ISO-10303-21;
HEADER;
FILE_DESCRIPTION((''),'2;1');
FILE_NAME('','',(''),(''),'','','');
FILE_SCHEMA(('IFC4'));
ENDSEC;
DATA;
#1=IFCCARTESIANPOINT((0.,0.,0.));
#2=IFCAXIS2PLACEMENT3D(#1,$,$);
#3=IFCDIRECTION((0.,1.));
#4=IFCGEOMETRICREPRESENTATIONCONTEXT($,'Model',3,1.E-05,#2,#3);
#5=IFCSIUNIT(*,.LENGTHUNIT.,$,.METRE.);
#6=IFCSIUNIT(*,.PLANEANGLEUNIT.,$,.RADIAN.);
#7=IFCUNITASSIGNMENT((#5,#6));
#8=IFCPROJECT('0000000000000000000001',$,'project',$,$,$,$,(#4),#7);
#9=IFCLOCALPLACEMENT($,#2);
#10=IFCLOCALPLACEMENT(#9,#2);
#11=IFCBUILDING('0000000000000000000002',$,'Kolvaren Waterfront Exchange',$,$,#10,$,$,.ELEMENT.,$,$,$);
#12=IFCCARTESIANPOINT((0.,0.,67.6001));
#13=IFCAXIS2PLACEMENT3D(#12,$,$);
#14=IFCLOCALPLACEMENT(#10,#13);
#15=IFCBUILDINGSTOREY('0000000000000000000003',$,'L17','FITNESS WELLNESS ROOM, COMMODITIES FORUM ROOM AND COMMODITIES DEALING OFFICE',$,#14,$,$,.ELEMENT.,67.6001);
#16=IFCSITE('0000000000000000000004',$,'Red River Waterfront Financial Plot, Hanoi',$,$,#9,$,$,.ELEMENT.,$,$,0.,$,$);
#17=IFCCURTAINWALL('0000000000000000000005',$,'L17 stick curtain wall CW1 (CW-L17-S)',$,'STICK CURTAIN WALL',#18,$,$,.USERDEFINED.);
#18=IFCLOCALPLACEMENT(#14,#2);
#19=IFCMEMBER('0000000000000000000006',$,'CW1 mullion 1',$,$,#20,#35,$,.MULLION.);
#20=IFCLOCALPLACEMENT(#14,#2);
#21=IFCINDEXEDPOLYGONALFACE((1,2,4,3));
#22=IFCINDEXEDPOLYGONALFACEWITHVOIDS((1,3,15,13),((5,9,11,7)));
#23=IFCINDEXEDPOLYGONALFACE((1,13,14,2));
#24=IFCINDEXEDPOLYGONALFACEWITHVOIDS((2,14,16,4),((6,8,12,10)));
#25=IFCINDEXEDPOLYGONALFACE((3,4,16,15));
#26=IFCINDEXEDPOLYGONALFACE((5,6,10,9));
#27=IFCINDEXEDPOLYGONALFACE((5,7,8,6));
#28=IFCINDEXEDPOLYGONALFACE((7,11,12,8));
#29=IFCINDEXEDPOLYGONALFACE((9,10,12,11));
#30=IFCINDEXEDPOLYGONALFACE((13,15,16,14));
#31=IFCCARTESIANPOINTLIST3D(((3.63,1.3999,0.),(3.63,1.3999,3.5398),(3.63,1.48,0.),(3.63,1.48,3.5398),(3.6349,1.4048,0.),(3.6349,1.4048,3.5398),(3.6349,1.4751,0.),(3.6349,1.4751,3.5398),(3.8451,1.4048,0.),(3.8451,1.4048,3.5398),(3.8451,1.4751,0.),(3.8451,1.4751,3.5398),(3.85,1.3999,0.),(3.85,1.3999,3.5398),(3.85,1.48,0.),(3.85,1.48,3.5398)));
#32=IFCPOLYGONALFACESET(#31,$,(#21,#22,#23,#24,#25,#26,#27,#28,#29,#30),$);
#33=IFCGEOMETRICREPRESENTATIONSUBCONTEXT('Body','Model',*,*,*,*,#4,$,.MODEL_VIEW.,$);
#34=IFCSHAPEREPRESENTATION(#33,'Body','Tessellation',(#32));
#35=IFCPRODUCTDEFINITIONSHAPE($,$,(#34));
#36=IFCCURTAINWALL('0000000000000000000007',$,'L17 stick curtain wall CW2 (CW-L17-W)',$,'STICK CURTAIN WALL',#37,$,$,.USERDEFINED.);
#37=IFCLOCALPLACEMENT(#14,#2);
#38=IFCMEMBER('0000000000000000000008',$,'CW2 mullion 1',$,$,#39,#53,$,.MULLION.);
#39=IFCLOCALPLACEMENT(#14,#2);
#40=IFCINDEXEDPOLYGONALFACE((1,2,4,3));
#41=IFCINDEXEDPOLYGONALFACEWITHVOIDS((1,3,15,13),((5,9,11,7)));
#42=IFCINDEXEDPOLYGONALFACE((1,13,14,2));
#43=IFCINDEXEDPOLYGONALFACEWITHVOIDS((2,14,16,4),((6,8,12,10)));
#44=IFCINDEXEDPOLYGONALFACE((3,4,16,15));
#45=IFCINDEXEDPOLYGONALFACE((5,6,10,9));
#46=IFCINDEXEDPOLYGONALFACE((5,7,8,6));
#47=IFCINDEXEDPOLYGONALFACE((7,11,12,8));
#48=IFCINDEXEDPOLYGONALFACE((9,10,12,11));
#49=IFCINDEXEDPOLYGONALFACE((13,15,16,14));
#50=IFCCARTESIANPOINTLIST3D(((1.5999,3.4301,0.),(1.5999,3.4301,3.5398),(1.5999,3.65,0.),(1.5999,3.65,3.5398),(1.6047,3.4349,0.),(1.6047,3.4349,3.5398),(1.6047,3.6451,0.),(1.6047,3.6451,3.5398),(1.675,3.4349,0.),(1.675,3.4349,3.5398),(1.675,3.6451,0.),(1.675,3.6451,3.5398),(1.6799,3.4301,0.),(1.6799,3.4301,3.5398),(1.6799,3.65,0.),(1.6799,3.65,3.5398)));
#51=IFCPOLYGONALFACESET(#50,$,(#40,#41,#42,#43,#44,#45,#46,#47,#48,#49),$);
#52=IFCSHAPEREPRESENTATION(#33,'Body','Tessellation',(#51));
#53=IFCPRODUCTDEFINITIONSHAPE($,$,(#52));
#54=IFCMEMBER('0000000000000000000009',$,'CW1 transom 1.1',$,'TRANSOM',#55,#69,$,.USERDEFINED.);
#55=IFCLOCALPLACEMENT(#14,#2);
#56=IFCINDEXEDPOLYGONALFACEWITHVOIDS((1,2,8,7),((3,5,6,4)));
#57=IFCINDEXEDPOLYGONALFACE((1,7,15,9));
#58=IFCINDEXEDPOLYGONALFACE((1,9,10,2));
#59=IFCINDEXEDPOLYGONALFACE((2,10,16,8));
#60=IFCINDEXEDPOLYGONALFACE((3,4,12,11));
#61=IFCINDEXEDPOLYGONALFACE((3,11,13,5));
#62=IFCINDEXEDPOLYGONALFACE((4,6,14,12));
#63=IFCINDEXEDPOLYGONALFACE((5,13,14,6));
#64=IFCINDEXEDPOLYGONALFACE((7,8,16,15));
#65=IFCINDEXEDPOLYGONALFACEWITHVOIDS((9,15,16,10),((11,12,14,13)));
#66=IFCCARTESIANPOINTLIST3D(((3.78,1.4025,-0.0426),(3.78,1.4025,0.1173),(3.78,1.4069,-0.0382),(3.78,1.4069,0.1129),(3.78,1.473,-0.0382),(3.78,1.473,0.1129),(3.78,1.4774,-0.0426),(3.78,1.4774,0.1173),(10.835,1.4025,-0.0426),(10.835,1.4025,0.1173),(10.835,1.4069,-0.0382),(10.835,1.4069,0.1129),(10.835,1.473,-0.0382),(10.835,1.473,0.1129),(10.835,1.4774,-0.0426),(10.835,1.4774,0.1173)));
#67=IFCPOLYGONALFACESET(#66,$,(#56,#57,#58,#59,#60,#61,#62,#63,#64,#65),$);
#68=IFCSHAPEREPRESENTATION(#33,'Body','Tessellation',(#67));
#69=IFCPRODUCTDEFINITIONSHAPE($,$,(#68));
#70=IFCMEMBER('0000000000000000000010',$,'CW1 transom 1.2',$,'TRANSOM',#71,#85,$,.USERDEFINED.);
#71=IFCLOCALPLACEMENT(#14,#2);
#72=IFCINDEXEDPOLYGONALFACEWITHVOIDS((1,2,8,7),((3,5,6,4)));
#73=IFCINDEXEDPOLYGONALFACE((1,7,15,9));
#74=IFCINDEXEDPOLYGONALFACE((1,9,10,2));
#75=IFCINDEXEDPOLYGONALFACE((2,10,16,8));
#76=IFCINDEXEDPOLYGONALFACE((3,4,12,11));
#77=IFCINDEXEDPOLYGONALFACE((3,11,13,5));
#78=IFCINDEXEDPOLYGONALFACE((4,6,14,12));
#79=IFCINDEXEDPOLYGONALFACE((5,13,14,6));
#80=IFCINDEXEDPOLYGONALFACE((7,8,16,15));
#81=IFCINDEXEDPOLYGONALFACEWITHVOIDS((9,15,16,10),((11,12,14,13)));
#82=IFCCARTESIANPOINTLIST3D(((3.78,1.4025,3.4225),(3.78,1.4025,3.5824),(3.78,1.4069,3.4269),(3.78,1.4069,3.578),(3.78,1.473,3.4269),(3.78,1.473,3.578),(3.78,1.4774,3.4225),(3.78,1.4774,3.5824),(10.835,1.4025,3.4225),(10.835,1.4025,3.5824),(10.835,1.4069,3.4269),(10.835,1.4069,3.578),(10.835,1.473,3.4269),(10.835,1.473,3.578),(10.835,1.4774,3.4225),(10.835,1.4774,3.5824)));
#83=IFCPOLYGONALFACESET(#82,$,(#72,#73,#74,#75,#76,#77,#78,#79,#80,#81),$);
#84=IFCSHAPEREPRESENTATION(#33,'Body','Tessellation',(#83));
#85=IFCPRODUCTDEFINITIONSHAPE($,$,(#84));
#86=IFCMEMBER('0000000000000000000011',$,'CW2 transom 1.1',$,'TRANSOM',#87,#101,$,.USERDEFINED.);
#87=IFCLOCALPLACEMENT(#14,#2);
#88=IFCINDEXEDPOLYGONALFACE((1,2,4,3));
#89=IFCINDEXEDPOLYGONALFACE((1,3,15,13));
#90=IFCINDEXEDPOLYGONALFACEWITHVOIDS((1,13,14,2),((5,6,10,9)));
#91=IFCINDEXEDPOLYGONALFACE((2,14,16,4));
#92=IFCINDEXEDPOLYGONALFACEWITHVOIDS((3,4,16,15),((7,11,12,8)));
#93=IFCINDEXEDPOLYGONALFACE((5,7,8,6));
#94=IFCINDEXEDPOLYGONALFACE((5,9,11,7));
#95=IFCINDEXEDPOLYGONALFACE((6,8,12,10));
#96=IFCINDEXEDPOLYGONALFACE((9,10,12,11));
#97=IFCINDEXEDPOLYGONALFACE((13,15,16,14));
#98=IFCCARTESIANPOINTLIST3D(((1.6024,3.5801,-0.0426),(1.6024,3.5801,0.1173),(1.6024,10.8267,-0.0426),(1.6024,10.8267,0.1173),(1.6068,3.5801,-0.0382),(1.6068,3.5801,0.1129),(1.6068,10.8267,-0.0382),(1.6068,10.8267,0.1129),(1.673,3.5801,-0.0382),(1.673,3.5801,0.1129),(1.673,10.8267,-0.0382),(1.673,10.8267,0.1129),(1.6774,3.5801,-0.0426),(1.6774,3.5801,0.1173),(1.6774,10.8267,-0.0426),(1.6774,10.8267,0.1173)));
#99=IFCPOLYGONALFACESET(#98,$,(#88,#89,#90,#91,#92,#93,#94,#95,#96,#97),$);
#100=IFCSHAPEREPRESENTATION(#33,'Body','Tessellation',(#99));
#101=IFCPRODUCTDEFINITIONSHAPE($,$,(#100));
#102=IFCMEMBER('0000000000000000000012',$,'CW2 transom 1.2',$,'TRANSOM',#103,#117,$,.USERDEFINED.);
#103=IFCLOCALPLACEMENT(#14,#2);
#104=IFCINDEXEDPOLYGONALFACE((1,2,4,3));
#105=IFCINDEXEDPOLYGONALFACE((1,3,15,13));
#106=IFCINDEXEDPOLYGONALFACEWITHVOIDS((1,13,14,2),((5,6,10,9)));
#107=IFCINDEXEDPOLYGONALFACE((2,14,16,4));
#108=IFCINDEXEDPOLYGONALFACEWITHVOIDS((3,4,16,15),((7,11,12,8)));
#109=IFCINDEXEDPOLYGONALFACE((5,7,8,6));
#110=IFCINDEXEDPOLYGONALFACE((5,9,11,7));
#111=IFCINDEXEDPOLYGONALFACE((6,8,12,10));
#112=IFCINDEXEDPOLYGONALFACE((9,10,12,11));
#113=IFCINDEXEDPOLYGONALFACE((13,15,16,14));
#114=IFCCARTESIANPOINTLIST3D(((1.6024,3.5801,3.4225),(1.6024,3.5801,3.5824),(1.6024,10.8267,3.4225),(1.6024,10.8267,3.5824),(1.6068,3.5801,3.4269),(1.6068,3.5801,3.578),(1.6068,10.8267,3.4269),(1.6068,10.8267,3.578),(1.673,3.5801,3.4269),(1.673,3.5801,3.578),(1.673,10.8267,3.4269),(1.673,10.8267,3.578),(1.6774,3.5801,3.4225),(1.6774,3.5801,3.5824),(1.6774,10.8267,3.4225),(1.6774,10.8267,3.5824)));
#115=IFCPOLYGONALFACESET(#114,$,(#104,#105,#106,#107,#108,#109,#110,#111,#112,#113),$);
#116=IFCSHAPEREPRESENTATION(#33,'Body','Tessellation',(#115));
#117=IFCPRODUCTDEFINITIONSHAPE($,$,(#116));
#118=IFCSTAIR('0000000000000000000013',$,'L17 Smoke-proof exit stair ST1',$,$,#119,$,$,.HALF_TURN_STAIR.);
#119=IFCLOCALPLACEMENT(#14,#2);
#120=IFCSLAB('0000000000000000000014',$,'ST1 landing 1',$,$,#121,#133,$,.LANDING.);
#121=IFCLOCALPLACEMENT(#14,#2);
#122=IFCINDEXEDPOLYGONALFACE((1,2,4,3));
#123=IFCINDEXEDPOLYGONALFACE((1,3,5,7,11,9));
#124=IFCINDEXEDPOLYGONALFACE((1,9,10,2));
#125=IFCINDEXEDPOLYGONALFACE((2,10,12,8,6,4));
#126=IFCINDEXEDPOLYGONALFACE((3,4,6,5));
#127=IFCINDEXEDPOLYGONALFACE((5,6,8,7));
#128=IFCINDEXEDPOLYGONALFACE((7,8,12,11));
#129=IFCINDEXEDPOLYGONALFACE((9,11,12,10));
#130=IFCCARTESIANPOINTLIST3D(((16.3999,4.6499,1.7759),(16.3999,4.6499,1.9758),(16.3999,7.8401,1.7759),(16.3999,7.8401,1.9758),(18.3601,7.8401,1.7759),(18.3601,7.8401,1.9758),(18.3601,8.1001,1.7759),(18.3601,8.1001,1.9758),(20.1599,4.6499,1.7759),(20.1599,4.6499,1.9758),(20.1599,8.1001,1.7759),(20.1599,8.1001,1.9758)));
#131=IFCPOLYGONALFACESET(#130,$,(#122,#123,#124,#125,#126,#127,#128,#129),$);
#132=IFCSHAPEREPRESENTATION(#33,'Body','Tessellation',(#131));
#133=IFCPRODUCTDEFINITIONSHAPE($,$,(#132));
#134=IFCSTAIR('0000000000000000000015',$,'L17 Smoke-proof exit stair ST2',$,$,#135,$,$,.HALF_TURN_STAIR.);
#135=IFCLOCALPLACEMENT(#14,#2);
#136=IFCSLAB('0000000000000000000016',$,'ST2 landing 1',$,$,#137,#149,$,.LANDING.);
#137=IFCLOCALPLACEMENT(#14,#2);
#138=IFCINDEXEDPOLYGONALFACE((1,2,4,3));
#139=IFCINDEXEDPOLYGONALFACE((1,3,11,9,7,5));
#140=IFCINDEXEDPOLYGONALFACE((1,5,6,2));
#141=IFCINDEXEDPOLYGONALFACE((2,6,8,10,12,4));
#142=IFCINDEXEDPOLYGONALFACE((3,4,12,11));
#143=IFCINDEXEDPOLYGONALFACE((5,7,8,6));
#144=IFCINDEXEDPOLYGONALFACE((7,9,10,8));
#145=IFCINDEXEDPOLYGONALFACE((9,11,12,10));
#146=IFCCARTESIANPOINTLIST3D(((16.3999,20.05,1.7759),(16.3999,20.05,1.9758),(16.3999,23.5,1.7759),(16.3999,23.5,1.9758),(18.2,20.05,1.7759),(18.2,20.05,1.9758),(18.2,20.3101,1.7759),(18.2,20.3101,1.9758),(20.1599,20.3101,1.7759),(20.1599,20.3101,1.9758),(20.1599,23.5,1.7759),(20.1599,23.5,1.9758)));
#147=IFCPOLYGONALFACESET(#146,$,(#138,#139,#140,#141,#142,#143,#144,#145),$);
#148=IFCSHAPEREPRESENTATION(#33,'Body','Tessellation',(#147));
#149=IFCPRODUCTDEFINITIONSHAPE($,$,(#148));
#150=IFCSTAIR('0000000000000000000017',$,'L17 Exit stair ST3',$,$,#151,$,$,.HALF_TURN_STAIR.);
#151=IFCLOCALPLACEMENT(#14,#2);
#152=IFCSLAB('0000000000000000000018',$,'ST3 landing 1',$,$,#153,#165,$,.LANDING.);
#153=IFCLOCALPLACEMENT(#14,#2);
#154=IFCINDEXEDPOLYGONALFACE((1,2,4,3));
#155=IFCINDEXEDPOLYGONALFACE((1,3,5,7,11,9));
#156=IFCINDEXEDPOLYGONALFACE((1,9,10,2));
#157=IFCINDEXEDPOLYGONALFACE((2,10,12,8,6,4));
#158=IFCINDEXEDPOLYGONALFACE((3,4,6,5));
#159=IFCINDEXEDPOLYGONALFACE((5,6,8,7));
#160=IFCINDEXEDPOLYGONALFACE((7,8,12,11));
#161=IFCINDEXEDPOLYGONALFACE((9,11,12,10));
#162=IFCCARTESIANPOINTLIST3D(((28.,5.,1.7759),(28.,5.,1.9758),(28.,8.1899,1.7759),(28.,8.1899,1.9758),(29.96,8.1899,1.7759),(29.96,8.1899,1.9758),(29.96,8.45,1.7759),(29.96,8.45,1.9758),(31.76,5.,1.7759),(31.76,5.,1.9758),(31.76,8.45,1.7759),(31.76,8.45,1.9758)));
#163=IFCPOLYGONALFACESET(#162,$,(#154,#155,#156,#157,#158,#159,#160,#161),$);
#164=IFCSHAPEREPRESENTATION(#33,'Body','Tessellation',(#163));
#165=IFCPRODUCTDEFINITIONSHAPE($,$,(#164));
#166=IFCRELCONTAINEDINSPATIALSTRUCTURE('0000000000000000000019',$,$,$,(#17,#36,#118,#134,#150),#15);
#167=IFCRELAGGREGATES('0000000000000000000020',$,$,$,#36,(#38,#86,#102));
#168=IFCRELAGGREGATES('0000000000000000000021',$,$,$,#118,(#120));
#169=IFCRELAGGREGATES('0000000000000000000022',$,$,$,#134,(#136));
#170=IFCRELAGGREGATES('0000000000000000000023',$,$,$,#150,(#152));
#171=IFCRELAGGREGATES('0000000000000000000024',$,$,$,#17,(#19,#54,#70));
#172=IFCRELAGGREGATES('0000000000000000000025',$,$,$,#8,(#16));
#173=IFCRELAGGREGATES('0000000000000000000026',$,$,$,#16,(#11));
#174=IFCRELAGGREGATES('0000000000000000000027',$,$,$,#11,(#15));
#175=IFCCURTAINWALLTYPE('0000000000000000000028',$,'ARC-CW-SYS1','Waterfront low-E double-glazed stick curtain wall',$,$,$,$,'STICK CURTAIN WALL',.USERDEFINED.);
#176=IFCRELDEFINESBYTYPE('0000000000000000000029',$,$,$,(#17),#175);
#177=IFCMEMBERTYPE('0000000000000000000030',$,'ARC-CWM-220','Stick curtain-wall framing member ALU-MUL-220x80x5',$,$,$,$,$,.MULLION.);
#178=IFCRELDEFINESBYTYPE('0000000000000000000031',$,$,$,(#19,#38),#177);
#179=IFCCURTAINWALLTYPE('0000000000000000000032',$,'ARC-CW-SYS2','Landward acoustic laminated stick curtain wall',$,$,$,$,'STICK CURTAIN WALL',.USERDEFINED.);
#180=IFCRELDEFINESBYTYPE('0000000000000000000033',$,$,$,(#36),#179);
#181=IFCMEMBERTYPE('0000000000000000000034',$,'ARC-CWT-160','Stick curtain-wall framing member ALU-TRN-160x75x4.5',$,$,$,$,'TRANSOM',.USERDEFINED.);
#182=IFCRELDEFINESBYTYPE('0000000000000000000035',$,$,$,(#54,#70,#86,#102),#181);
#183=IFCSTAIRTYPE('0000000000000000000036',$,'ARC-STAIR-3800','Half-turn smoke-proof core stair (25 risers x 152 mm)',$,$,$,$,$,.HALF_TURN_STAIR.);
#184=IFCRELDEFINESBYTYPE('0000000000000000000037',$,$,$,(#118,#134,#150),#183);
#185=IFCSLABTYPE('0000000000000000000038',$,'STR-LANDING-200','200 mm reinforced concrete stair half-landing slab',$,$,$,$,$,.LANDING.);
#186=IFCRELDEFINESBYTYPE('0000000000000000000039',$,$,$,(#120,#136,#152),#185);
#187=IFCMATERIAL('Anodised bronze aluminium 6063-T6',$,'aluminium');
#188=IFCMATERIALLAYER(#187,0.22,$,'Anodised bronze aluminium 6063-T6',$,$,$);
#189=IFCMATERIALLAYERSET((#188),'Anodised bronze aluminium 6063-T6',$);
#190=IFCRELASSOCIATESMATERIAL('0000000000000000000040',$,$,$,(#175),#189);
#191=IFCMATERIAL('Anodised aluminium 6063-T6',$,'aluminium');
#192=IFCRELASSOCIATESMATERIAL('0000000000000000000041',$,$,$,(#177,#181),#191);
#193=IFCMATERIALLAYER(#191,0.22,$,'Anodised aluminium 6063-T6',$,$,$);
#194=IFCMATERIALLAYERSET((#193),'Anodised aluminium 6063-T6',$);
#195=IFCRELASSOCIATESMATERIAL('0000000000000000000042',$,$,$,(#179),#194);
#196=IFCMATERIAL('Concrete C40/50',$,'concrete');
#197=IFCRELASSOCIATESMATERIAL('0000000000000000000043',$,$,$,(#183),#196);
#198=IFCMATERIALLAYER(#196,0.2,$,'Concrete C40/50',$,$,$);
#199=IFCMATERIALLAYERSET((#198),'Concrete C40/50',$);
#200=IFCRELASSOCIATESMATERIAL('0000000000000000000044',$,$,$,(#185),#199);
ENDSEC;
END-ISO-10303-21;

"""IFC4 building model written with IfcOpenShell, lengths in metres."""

from ifc_helpers import new_model, si_unit, direction, frame, origin, origin_with_axes, origin_2d, place, context, subcontext, project, spatial, polyline, hollow_rectangle, outline, extrude, source, transform, mapped, material, layer, layer_set, material_profile, profile_set, type_object, element, aggregate, save


model = new_model("IFC4")

# Units and contexts
model_context = context("Model", 3, precision=1e-05, world=origin(), true_north=direction((0.0, 1.0)))
body_context = subcontext(model_context, "Body", "Model", "MODEL_VIEW")
ifc_project = project(units=[si_unit("LENGTHUNIT", "METRE"), si_unit("PLANEANGLEUNIT", "RADIAN")], contexts=[model_context])

# Site, building, storey
site_placement = place(None, origin())
site = spatial("IfcSite", under=ifc_project, at=site_placement, Name="Red River Waterfront Financial Plot, Hanoi", CompositionType="ELEMENT", RefElevation=0.0)
building_placement = place(site_placement, origin())
building = spatial("IfcBuilding", under=site, at=building_placement, Name="Kolvaren Waterfront Exchange", CompositionType="ELEMENT")
storey_placement = place(building_placement, frame((0.0, 0.0, 67.6001)))
storey = spatial("IfcBuildingStorey", under=building, at=storey_placement, Name="L17", Description="FITNESS WELLNESS ROOM, COMMODITIES FORUM ROOM AND COMMODITIES DEALING OFFICE", CompositionType="ELEMENT", Elevation=67.6001)

# Curtain walls, members
ifc_material_1 = material(Name="Anodised bronze aluminium 6063-T6", Category="aluminium")
ifc_layer_1 = layer(ifc_material_1, 0.22, Name="Anodised bronze aluminium 6063-T6")
ifc_layer_set_1 = layer_set([ifc_layer_1], Name="Anodised bronze aluminium 6063-T6")
curtain_wall_type_1 = type_object("IfcCurtainWallType", Name="ARC-CW-SYS1", Description="Waterfront low-E double-glazed stick curtain wall", ElementType="STICK CURTAIN WALL", PredefinedType="USERDEFINED", material=ifc_layer_set_1)
curtain_wall_1_placement = place(storey_placement, origin())
curtain_wall_1 = element("IfcCurtainWall", 1, at=curtain_wall_1_placement, inside=storey, type_object=curtain_wall_type_1, Name="L17 stick curtain wall CW1 (CW-L17-S)", ObjectType="STICK CURTAIN WALL", PredefinedType="USERDEFINED")
ifc_material_2 = material(Name="Anodised aluminium 6063-T6", Category="aluminium")
ifc_material_profile_1 = material_profile(ifc_material_2, hollow_rectangle(XDim=0.0801, YDim=0.22, WallThickness=0.0049, at=origin_2d()), Name="ALU-MUL-220x80x5")
ifc_profile_set_1 = profile_set([ifc_material_profile_1], Name="Anodised aluminium 6063-T6")
member_type_1 = type_object("IfcMemberType", Name="ARC-CWM-220", Description="Stick curtain-wall framing member ALU-MUL-220x80x5", PredefinedType="MULLION", material=ifc_profile_set_1)
shared_shape_1 = source(origin_with_axes(), body_context, "Body", "SweptSolid", [
    extrude(hollow_rectangle(XDim=0.0801, YDim=0.22, WallThickness=0.0049, at=origin_2d()), origin(), (0.0, 0.0, 1.0), 3.5398),
])
member_1_placement = place(storey_placement, frame((3.74, 1.4399, 0.0), z_axis=(0.0, 0.0, 1.0), x_axis=(0.0, 1.0, 0.0)))
member_1 = element("IfcMember", 2, at=member_1_placement, type_object=member_type_1, Name="CW1 mullion 1", PredefinedType="MULLION", context=body_context, shape_type="MappedRepresentation", body=[
    mapped(shared_shape_1, transform((0.0, 0.0, 0.0), x_axis=(1.0, 0.0, 0.0), y_axis=(0.0, 1.0, 0.0), z_axis=(0.0, 0.0, 1.0), scale=1.0)),
])
ifc_layer_2 = layer(ifc_material_2, 0.22, Name="Anodised aluminium 6063-T6")
ifc_layer_set_2 = layer_set([ifc_layer_2], Name="Anodised aluminium 6063-T6")
curtain_wall_type_2 = type_object("IfcCurtainWallType", Name="ARC-CW-SYS2", Description="Landward acoustic laminated stick curtain wall", ElementType="STICK CURTAIN WALL", PredefinedType="USERDEFINED", material=ifc_layer_set_2)
curtain_wall_2_placement = place(storey_placement, origin())
curtain_wall_2 = element("IfcCurtainWall", 3, at=curtain_wall_2_placement, inside=storey, type_object=curtain_wall_type_2, Name="L17 stick curtain wall CW2 (CW-L17-W)", ObjectType="STICK CURTAIN WALL", PredefinedType="USERDEFINED")
member_2_placement = place(storey_placement, frame((1.6399, 3.54, 0.0), z_axis=(0.0, 0.0, 1.0), x_axis=(-1.0, 0.0, 0.0)))
member_2 = element("IfcMember", 4, at=member_2_placement, type_object=member_type_1, Name="CW2 mullion 1", PredefinedType="MULLION", context=body_context, shape_type="MappedRepresentation", body=[
    mapped(shared_shape_1, transform((0.0, 0.0, 0.0), x_axis=(1.0, 0.0, 0.0), y_axis=(0.0, 1.0, 0.0), z_axis=(0.0, 0.0, 1.0), scale=1.0)),
])

# Members
ifc_material_profile_2 = material_profile(ifc_material_2, hollow_rectangle(XDim=0.075, YDim=0.1599, WallThickness=0.0044, at=origin_2d()), Name="ALU-TRN-160x75x4.5")
ifc_profile_set_2 = profile_set([ifc_material_profile_2], Name="Anodised aluminium 6063-T6")
member_type_2 = type_object("IfcMemberType", Name="ARC-CWT-160", Description="Stick curtain-wall framing member ALU-TRN-160x75x4.5", ElementType="TRANSOM", PredefinedType="USERDEFINED", material=ifc_profile_set_2)
shared_shape_2 = source(origin_with_axes(), body_context, "Body", "SweptSolid", [
    extrude(hollow_rectangle(XDim=0.075, YDim=0.1599, WallThickness=0.0044, at=origin_2d()), origin(), (0.0, 0.0, 1.0), 7.0549),
])
member_3_placement = place(storey_placement, frame((3.78, 1.4399, 0.0374), z_axis=(1.0, 0.0, 0.0), x_axis=(0.0, 1.0, 0.0)))
member_3 = element("IfcMember", 5, at=member_3_placement, type_object=member_type_2, Name="CW1 transom 1.1", ObjectType="TRANSOM", PredefinedType="USERDEFINED", context=body_context, shape_type="MappedRepresentation", body=[
    mapped(shared_shape_2, transform((0.0, 0.0, 0.0), x_axis=(1.0, 0.0, 0.0), y_axis=(0.0, 1.0, 0.0), z_axis=(0.0, 0.0, 1.0), scale=1.0)),
])
member_4_placement = place(storey_placement, frame((3.78, 1.4399, 3.5024), z_axis=(1.0, 0.0, 0.0), x_axis=(0.0, 1.0, 0.0)))
member_4 = element("IfcMember", 6, at=member_4_placement, type_object=member_type_2, Name="CW1 transom 1.2", ObjectType="TRANSOM", PredefinedType="USERDEFINED", context=body_context, shape_type="MappedRepresentation", body=[
    mapped(shared_shape_2, transform((0.0, 0.0, 0.0), x_axis=(1.0, 0.0, 0.0), y_axis=(0.0, 1.0, 0.0), z_axis=(0.0, 0.0, 1.0), scale=1.0)),
])
shared_shape_3 = source(origin_with_axes(), body_context, "Body", "SweptSolid", [
    extrude(hollow_rectangle(XDim=0.075, YDim=0.1599, WallThickness=0.0044, at=origin_2d()), origin(), (0.0, 0.0, 1.0), 7.2466),
])
member_5_placement = place(storey_placement, frame((1.6399, 3.5801, 0.0374), z_axis=(0.0, 1.0, 0.0), x_axis=(-1.0, 0.0, 0.0)))
member_5 = element("IfcMember", 7, at=member_5_placement, type_object=member_type_2, Name="CW2 transom 1.1", ObjectType="TRANSOM", PredefinedType="USERDEFINED", context=body_context, shape_type="MappedRepresentation", body=[
    mapped(shared_shape_3, transform((0.0, 0.0, 0.0), x_axis=(1.0, 0.0, 0.0), y_axis=(0.0, 1.0, 0.0), z_axis=(0.0, 0.0, 1.0), scale=1.0)),
])
member_6_placement = place(storey_placement, frame((1.6399, 3.5801, 3.5024), z_axis=(0.0, 1.0, 0.0), x_axis=(-1.0, 0.0, 0.0)))
member_6 = element("IfcMember", 8, at=member_6_placement, type_object=member_type_2, Name="CW2 transom 1.2", ObjectType="TRANSOM", PredefinedType="USERDEFINED", context=body_context, shape_type="MappedRepresentation", body=[
    mapped(shared_shape_3, transform((0.0, 0.0, 0.0), x_axis=(1.0, 0.0, 0.0), y_axis=(0.0, 1.0, 0.0), z_axis=(0.0, 0.0, 1.0), scale=1.0)),
])
aggregate(curtain_wall_2, [member_2, member_5, member_6])

# Stairs, slabs
ifc_material_3 = material(Name="Concrete C40/50", Category="concrete")
stair_type = type_object("IfcStairType", Name="ARC-STAIR-3800", Description="Half-turn smoke-proof core stair (25 risers x 152 mm)", PredefinedType="HALF_TURN_STAIR", material=ifc_material_3)
stair_1_placement = place(storey_placement, origin())
stair_1 = element("IfcStair", 9, at=stair_1_placement, inside=storey, type_object=stair_type, Name="L17 Smoke-proof exit stair ST1", PredefinedType="HALF_TURN_STAIR")
ifc_layer_3 = layer(ifc_material_3, 0.2, Name="Concrete C40/50")
ifc_layer_set_3 = layer_set([ifc_layer_3], Name="Concrete C40/50")
slab_type_1 = type_object("IfcSlabType", Name="STR-LANDING-200", Description="200 mm reinforced concrete stair half-landing slab", PredefinedType="LANDING", material=ifc_layer_set_3)
slab_1_placement = place(storey_placement, frame((0.0, 0.0, 1.7759)))
slab_1 = element("IfcSlab", 10, at=slab_1_placement, type_object=slab_type_1, Name="ST1 landing 1", PredefinedType="LANDING", context=body_context, shape_type="SweptSolid", body=[
    extrude(outline(polyline([(16.3999, 7.8401), (16.3999, 4.6499), (20.1599, 4.6499), (20.1599, 8.1001), (18.3601, 8.1001), (18.3601, 7.8401), (16.3999, 7.8401)])), origin(), (0.0, 0.0, 1.0), 0.2),
])
aggregate(stair_1, [slab_1])
stair_2_placement = place(storey_placement, origin())
stair_2 = element("IfcStair", 11, at=stair_2_placement, inside=storey, type_object=stair_type, Name="L17 Smoke-proof exit stair ST2", PredefinedType="HALF_TURN_STAIR")
slab_2_placement = place(storey_placement, frame((0.0, 0.0, 1.7759)))
slab_2 = element("IfcSlab", 12, at=slab_2_placement, type_object=slab_type_1, Name="ST2 landing 1", PredefinedType="LANDING", context=body_context, shape_type="SweptSolid", body=[
    extrude(outline(polyline([(20.1599, 20.3101), (20.1599, 23.5), (16.3999, 23.5), (16.3999, 20.05), (18.2, 20.05), (18.2, 20.3101), (20.1599, 20.3101)])), origin(), (0.0, 0.0, 1.0), 0.2),
])
aggregate(stair_2, [slab_2])
stair_3_placement = place(storey_placement, origin())
stair_3 = element("IfcStair", 13, at=stair_3_placement, inside=storey, type_object=stair_type, Name="L17 Exit stair ST3", PredefinedType="HALF_TURN_STAIR")
slab_3_placement = place(storey_placement, frame((0.0, 0.0, 1.7759)))
slab_3 = element("IfcSlab", 14, at=slab_3_placement, type_object=slab_type_1, Name="ST3 landing 1", PredefinedType="LANDING", context=body_context, shape_type="SweptSolid", body=[
    extrude(outline(polyline([(28.0, 8.1899), (28.0, 5.0), (31.76, 5.0), (31.76, 8.45), (29.96, 8.45), (29.96, 8.1899), (28.0, 8.1899)])), origin(), (0.0, 0.0, 1.0), 0.2),
])
aggregate(stair_3, [slab_3])

aggregate(curtain_wall_1, [member_1, member_3, member_4])

save(model, "model.ifc")
